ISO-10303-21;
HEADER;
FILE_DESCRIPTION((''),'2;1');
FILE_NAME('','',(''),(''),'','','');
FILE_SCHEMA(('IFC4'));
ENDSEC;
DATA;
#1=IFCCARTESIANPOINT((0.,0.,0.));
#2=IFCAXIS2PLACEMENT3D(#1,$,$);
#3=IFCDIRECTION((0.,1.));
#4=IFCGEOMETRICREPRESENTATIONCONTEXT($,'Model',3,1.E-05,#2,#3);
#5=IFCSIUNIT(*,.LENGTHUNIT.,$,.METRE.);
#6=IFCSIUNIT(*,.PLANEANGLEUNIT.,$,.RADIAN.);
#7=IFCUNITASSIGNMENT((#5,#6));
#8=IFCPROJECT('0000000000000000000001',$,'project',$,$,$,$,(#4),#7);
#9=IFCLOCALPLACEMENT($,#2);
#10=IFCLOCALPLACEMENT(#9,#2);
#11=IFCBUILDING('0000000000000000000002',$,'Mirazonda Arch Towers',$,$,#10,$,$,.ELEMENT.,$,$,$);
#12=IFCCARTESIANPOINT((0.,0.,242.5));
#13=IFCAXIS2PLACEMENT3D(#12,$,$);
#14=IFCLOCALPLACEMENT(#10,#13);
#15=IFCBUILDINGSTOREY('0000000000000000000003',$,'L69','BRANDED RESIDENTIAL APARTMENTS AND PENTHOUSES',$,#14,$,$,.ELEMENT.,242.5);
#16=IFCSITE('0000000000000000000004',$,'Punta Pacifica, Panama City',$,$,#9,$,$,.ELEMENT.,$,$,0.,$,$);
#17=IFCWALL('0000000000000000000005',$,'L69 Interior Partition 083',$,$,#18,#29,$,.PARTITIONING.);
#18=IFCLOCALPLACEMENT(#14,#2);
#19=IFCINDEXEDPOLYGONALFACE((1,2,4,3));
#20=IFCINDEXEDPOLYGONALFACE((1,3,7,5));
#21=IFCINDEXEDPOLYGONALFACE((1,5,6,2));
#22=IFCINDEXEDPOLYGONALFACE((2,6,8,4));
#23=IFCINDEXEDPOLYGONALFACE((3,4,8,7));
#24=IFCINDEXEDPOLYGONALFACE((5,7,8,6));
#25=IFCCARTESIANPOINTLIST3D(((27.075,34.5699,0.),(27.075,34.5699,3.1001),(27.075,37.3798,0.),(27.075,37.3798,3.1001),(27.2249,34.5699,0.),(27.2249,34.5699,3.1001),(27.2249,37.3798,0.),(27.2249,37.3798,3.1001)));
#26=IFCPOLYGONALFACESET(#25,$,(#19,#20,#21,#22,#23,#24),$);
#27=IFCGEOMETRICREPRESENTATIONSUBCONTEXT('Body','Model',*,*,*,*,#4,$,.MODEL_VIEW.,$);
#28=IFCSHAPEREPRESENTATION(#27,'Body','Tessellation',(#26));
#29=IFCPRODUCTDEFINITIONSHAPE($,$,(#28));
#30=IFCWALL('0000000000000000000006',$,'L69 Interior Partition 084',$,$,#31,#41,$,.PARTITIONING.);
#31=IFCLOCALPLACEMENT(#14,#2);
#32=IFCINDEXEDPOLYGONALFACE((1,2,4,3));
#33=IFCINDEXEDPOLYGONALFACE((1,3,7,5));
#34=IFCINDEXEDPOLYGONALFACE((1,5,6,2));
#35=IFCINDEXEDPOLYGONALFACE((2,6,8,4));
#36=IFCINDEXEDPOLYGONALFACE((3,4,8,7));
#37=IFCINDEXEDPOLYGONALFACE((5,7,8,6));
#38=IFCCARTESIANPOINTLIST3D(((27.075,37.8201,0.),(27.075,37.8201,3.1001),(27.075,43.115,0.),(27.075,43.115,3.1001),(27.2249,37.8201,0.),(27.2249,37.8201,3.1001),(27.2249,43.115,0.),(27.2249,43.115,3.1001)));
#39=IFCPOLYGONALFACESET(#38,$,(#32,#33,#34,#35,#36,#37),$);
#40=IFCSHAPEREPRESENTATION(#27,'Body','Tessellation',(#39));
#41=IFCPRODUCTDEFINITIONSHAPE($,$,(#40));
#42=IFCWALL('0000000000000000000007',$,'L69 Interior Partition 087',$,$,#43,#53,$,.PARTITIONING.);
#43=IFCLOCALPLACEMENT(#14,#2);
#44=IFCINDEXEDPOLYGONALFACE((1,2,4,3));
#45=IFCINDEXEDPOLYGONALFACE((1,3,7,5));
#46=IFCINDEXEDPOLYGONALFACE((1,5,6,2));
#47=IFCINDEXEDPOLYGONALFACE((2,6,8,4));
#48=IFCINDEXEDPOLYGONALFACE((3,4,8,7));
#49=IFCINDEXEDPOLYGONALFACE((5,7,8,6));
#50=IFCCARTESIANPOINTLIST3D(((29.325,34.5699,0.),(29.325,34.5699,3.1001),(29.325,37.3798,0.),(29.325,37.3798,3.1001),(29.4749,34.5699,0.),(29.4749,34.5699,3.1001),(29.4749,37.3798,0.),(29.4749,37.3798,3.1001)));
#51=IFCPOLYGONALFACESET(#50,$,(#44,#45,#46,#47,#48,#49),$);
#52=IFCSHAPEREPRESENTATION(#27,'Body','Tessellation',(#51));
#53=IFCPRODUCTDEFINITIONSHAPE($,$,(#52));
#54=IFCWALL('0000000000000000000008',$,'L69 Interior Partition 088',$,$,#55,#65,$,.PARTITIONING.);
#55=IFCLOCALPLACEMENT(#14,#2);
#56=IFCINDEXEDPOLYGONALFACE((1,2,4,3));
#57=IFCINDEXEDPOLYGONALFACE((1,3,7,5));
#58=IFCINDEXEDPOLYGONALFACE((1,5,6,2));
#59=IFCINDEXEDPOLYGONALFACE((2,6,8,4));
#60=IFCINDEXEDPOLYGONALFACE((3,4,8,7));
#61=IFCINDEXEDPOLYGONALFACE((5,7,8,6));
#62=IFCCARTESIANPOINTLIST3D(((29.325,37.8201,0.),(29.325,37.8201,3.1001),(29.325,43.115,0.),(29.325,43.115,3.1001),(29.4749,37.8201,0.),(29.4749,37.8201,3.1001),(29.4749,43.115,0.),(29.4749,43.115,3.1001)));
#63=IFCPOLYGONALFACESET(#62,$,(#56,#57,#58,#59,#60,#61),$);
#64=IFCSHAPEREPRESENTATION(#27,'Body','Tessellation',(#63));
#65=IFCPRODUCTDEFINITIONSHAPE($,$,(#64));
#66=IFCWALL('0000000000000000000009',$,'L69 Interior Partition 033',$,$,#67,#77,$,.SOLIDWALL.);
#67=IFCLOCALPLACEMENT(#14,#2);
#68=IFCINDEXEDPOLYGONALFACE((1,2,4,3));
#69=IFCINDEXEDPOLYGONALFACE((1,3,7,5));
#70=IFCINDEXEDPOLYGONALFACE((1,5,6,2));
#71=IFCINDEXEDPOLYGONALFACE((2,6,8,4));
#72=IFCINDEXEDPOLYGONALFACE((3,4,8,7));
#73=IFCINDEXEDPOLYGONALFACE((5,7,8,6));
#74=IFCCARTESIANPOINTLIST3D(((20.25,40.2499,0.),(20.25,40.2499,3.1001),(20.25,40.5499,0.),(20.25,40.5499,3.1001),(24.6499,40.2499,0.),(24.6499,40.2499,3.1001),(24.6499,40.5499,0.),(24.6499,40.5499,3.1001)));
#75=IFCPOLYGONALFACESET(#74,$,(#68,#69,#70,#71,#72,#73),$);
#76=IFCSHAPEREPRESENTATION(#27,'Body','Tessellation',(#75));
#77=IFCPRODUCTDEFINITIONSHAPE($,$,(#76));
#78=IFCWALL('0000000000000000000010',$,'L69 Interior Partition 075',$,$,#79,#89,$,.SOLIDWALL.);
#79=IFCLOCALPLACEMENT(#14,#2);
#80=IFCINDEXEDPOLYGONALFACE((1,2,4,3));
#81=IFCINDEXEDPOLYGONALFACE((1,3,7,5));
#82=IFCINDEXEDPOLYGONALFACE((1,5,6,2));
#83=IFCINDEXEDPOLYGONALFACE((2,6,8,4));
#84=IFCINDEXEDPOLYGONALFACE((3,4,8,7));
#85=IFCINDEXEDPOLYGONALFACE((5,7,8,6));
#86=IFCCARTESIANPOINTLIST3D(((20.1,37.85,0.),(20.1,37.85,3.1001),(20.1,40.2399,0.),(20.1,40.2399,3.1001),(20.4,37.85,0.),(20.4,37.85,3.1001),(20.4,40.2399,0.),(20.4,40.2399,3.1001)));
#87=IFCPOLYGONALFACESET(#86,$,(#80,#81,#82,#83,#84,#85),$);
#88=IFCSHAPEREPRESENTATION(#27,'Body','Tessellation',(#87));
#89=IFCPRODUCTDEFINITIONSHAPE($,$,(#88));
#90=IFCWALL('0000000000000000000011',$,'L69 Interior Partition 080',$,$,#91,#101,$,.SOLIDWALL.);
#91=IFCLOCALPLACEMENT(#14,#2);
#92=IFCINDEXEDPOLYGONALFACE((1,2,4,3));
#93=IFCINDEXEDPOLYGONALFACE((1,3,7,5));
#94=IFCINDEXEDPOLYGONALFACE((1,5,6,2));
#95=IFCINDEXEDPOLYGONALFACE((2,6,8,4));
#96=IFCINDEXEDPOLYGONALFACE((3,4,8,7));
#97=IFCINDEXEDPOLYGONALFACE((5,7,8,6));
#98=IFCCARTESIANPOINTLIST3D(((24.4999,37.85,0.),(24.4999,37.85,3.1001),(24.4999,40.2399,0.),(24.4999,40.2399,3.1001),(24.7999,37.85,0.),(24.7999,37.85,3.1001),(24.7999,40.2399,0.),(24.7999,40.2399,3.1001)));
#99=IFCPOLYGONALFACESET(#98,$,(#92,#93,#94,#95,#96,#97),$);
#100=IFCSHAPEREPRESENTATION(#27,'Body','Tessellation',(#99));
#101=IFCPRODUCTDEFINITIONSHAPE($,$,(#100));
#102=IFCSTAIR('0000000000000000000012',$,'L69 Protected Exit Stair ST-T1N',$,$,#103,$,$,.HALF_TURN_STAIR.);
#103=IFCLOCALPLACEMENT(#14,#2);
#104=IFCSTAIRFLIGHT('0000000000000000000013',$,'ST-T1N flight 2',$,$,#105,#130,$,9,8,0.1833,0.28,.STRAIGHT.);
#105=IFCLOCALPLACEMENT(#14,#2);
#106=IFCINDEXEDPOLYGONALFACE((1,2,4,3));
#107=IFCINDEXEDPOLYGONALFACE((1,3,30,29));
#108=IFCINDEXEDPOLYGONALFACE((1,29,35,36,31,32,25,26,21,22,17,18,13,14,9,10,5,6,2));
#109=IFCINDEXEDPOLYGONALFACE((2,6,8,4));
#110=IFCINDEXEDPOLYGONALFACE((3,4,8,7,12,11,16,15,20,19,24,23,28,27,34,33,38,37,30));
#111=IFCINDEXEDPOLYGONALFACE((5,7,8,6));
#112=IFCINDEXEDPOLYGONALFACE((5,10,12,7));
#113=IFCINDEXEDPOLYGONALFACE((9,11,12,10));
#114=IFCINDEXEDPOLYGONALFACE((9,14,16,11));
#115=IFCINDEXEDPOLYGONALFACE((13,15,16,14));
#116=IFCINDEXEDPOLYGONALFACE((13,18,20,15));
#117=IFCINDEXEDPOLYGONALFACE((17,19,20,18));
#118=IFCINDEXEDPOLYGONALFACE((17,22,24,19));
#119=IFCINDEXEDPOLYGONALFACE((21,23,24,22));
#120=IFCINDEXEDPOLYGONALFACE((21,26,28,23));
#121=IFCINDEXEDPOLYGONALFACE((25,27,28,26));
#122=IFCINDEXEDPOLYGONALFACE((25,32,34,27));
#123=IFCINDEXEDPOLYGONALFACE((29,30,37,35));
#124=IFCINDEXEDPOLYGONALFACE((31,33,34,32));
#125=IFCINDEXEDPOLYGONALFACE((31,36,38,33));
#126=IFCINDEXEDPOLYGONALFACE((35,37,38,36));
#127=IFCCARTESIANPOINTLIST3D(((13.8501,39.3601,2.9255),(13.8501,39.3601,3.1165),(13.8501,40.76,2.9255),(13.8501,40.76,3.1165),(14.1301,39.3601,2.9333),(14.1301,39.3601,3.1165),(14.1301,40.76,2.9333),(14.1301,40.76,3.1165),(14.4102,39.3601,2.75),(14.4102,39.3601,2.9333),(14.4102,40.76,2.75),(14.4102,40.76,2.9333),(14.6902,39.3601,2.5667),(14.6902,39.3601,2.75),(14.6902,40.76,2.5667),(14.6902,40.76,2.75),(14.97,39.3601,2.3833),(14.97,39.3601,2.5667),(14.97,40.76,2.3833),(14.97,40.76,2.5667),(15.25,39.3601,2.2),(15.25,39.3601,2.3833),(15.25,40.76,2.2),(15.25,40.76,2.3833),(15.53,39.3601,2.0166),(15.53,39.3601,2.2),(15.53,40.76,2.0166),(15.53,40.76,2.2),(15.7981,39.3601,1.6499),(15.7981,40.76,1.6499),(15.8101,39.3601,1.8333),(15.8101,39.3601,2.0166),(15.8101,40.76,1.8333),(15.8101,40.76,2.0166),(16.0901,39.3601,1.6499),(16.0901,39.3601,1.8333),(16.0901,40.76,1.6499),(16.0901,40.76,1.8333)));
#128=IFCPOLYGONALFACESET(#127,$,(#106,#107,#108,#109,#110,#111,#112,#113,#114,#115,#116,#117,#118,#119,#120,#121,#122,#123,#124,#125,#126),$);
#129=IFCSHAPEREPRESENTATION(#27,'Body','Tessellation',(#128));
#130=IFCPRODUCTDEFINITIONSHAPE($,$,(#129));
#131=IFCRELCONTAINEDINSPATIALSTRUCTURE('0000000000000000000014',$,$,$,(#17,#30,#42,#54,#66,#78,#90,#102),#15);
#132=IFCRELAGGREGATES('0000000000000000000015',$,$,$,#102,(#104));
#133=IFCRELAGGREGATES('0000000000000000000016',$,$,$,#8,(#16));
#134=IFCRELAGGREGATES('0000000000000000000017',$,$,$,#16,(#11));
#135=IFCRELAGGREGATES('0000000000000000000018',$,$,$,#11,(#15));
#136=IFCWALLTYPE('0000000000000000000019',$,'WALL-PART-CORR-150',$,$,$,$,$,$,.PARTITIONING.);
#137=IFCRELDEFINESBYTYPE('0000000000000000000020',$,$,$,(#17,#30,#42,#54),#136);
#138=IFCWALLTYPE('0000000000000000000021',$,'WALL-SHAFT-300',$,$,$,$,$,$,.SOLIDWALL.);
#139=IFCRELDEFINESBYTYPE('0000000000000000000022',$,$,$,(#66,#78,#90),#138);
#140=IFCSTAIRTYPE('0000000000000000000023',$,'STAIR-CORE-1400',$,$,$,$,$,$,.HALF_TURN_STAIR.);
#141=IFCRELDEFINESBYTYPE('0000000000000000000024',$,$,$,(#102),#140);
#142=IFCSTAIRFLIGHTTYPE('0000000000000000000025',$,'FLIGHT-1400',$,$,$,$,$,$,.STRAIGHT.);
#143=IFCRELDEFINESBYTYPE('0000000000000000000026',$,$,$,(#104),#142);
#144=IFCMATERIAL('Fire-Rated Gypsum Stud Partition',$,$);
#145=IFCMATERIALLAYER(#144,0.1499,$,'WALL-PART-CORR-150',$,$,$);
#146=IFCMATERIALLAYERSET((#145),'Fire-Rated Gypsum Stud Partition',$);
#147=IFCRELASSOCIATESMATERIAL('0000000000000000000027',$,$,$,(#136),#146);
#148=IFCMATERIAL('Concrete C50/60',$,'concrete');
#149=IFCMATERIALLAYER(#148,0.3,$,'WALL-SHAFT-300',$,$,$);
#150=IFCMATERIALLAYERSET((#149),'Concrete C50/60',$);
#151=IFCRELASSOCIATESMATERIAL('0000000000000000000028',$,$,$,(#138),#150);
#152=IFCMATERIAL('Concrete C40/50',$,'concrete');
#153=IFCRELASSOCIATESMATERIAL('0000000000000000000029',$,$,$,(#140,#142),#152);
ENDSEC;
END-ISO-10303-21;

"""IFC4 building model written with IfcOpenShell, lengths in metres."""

from ifc_helpers import new_model, si_unit, direction, frame, frame_2d, origin, place, context, subcontext, project, spatial, polyline, rectangle, outline, extrude, material, layer, layer_set, type_object, element, aggregate, save


model = new_model("IFC4")

# Units and contexts
model_context = context("Model", 3, precision=1e-05, world=origin(), true_north=direction((0.0, 1.0)))
body_context = subcontext(model_context, "Body", "Model", "MODEL_VIEW")
ifc_project = project(units=[si_unit("LENGTHUNIT", "METRE"), si_unit("PLANEANGLEUNIT", "RADIAN")], contexts=[model_context])

# Site, building, storey
site_placement = place(None, origin())
site = spatial("IfcSite", under=ifc_project, at=site_placement, Name="Punta Pacifica, Panama City", CompositionType="ELEMENT", RefElevation=0.0)
building_placement = place(site_placement, origin())
building = spatial("IfcBuilding", under=site, at=building_placement, Name="Mirazonda Arch Towers", CompositionType="ELEMENT")
storey_placement = place(building_placement, frame((0.0, 0.0, 242.5)))
storey = spatial("IfcBuildingStorey", under=building, at=storey_placement, Name="L69", Description="BRANDED RESIDENTIAL APARTMENTS AND PENTHOUSES", CompositionType="ELEMENT", Elevation=242.5)

# Shared definitions
ifc_material_1 = material(Name="Concrete C50/60", Category="concrete")

# Walls
ifc_material_2 = material(Name="Concrete C40/50", Category="concrete")
ifc_material_3 = material(Name="Fire-Rated Gypsum Stud Partition")
ifc_layer_1 = layer(ifc_material_3, 0.1499, Name="WALL-PART-CORR-150")
ifc_layer_set_1 = layer_set([ifc_layer_1], Name="Fire-Rated Gypsum Stud Partition")
wall_type_1 = type_object("IfcWallType", Name="WALL-PART-CORR-150", PredefinedType="PARTITIONING", material=ifc_layer_set_1)
wall_1_placement = place(storey_placement, frame((27.1499, 34.5701, 0.0), z_axis=(0.0, 0.0, 1.0), x_axis=(0.0, 1.0, 0.0)))
element("IfcWall", 1, at=wall_1_placement, inside=storey, type_object=wall_type_1, Name="L69 Interior Partition 083", PredefinedType="PARTITIONING", context=body_context, shape_type="SweptSolid", body=[
    extrude(rectangle(XDim=2.8098, YDim=0.1499, at=frame_2d((1.4048, 0.0))), origin(), (0.0, 0.0, 1.0), 3.1001),
])
wall_2_placement = place(storey_placement, frame((27.1499, 37.8201, 0.0), z_axis=(0.0, 0.0, 1.0), x_axis=(0.0, 1.0, 0.0)))
element("IfcWall", 2, at=wall_2_placement, inside=storey, type_object=wall_type_1, Name="L69 Interior Partition 084", PredefinedType="PARTITIONING", context=body_context, shape_type="SweptSolid", body=[
    extrude(rectangle(XDim=5.2949, YDim=0.1499, at=frame_2d((2.6475, 0.0))), origin(), (0.0, 0.0, 1.0), 3.1001),
])
wall_3_placement = place(storey_placement, frame((29.3999, 34.5701, 0.0), z_axis=(0.0, 0.0, 1.0), x_axis=(0.0, 1.0, 0.0)))
element("IfcWall", 3, at=wall_3_placement, inside=storey, type_object=wall_type_1, Name="L69 Interior Partition 087", PredefinedType="PARTITIONING", context=body_context, shape_type="SweptSolid", body=[
    extrude(rectangle(XDim=2.8098, YDim=0.1499, at=frame_2d((1.4048, 0.0))), origin(), (0.0, 0.0, 1.0), 3.1001),
])
wall_4_placement = place(storey_placement, frame((29.3999, 37.8201, 0.0), z_axis=(0.0, 0.0, 1.0), x_axis=(0.0, 1.0, 0.0)))
element("IfcWall", 4, at=wall_4_placement, inside=storey, type_object=wall_type_1, Name="L69 Interior Partition 088", PredefinedType="PARTITIONING", context=body_context, shape_type="SweptSolid", body=[
    extrude(rectangle(XDim=5.2949, YDim=0.1499, at=frame_2d((2.6475, 0.0))), origin(), (0.0, 0.0, 1.0), 3.1001),
])
ifc_layer_2 = layer(ifc_material_1, 0.3, Name="WALL-SHAFT-300")
ifc_layer_set_2 = layer_set([ifc_layer_2], Name="Concrete C50/60")
wall_type_2 = type_object("IfcWallType", Name="WALL-SHAFT-300", PredefinedType="SOLIDWALL", material=ifc_layer_set_2)
wall_5_placement = place(storey_placement, frame((20.25, 40.3999, 0.0), z_axis=(0.0, 0.0, 1.0), x_axis=(1.0, 0.0, 0.0)))
element("IfcWall", 5, at=wall_5_placement, inside=storey, type_object=wall_type_2, Name="L69 Interior Partition 033", PredefinedType="SOLIDWALL", context=body_context, shape_type="SweptSolid", body=[
    extrude(rectangle(XDim=4.3999, YDim=0.3, at=frame_2d((2.2, 0.0))), origin(), (0.0, 0.0, 1.0), 3.1001),
])
for number, where, z_axis, x_axis, name in (
    (6, (20.25, 37.8501, 0.0), (0.0, 0.0, 1.0), (0.0, 1.0, 0.0), "L69 Interior Partition 075"),
    (7, (24.6499, 37.8501, 0.0), (0.0, 0.0, 1.0), (0.0, 1.0, 0.0), "L69 Interior Partition 080"),
):
    element("IfcWall", number, at=place(storey_placement, frame(where, z_axis=z_axis, x_axis=x_axis)), inside=storey, type_object=wall_type_2, Name=name, PredefinedType="SOLIDWALL", context=body_context, shape_type="SweptSolid", body=[
        extrude(rectangle(XDim=2.3899, YDim=0.3, at=frame_2d((1.1948, 0.0))), origin(), (0.0, 0.0, 1.0), 3.1001),
    ])

# Stair, stair flight
stair_type = type_object("IfcStairType", Name="STAIR-CORE-1400", PredefinedType="HALF_TURN_STAIR", material=ifc_material_2)
stair_placement = place(storey_placement, origin())
stair = element("IfcStair", 8, at=stair_placement, inside=storey, type_object=stair_type, Name="L69 Protected Exit Stair ST-T1N", PredefinedType="HALF_TURN_STAIR")
stair_flight_type = type_object("IfcStairFlightType", Name="FLIGHT-1400", PredefinedType="STRAIGHT", material=ifc_material_2)
stair_flight_placement = place(storey_placement, frame((16.0901, 40.0601, 1.6499), z_axis=(0.0, 0.0, 1.0), x_axis=(-1.0, 0.0, 0.0)))
stair_flight = element("IfcStairFlight", 9, at=stair_flight_placement, type_object=stair_flight_type, Name="ST-T1N flight 2", NumberOfRisers=9, NumberOfTreads=8, PredefinedType="STRAIGHT", RiserHeight=0.1833, TreadLength=0.28, context=body_context, shape_type="SweptSolid", body=[
    extrude(outline(polyline([(0.0, 0.0), (0.0, 0.1833), (0.28, 0.1833), (0.28, 0.3667), (0.5601, 0.3667), (0.5601, 0.55), (0.8401, 0.55), (0.8401, 0.7334), (1.1201, 0.7334), (1.1201, 0.9167), (1.3999, 0.9167), (1.3999, 1.1001), (1.6799, 1.1001), (1.6799, 1.2834), (1.96, 1.2834), (1.96, 1.4666), (2.24, 1.4666), (2.24, 1.6499), (2.24, 1.2756), (0.292, 0.0), (0.0, 0.0)])), frame((0.0, 0.7, 0.0), z_axis=(0.0, -1.0, 0.0), x_axis=(1.0, 0.0, 0.0)), (0.0, 0.0, 1.0), 1.3999),
])
aggregate(stair, [stair_flight])

save(model, "model.ifc")
